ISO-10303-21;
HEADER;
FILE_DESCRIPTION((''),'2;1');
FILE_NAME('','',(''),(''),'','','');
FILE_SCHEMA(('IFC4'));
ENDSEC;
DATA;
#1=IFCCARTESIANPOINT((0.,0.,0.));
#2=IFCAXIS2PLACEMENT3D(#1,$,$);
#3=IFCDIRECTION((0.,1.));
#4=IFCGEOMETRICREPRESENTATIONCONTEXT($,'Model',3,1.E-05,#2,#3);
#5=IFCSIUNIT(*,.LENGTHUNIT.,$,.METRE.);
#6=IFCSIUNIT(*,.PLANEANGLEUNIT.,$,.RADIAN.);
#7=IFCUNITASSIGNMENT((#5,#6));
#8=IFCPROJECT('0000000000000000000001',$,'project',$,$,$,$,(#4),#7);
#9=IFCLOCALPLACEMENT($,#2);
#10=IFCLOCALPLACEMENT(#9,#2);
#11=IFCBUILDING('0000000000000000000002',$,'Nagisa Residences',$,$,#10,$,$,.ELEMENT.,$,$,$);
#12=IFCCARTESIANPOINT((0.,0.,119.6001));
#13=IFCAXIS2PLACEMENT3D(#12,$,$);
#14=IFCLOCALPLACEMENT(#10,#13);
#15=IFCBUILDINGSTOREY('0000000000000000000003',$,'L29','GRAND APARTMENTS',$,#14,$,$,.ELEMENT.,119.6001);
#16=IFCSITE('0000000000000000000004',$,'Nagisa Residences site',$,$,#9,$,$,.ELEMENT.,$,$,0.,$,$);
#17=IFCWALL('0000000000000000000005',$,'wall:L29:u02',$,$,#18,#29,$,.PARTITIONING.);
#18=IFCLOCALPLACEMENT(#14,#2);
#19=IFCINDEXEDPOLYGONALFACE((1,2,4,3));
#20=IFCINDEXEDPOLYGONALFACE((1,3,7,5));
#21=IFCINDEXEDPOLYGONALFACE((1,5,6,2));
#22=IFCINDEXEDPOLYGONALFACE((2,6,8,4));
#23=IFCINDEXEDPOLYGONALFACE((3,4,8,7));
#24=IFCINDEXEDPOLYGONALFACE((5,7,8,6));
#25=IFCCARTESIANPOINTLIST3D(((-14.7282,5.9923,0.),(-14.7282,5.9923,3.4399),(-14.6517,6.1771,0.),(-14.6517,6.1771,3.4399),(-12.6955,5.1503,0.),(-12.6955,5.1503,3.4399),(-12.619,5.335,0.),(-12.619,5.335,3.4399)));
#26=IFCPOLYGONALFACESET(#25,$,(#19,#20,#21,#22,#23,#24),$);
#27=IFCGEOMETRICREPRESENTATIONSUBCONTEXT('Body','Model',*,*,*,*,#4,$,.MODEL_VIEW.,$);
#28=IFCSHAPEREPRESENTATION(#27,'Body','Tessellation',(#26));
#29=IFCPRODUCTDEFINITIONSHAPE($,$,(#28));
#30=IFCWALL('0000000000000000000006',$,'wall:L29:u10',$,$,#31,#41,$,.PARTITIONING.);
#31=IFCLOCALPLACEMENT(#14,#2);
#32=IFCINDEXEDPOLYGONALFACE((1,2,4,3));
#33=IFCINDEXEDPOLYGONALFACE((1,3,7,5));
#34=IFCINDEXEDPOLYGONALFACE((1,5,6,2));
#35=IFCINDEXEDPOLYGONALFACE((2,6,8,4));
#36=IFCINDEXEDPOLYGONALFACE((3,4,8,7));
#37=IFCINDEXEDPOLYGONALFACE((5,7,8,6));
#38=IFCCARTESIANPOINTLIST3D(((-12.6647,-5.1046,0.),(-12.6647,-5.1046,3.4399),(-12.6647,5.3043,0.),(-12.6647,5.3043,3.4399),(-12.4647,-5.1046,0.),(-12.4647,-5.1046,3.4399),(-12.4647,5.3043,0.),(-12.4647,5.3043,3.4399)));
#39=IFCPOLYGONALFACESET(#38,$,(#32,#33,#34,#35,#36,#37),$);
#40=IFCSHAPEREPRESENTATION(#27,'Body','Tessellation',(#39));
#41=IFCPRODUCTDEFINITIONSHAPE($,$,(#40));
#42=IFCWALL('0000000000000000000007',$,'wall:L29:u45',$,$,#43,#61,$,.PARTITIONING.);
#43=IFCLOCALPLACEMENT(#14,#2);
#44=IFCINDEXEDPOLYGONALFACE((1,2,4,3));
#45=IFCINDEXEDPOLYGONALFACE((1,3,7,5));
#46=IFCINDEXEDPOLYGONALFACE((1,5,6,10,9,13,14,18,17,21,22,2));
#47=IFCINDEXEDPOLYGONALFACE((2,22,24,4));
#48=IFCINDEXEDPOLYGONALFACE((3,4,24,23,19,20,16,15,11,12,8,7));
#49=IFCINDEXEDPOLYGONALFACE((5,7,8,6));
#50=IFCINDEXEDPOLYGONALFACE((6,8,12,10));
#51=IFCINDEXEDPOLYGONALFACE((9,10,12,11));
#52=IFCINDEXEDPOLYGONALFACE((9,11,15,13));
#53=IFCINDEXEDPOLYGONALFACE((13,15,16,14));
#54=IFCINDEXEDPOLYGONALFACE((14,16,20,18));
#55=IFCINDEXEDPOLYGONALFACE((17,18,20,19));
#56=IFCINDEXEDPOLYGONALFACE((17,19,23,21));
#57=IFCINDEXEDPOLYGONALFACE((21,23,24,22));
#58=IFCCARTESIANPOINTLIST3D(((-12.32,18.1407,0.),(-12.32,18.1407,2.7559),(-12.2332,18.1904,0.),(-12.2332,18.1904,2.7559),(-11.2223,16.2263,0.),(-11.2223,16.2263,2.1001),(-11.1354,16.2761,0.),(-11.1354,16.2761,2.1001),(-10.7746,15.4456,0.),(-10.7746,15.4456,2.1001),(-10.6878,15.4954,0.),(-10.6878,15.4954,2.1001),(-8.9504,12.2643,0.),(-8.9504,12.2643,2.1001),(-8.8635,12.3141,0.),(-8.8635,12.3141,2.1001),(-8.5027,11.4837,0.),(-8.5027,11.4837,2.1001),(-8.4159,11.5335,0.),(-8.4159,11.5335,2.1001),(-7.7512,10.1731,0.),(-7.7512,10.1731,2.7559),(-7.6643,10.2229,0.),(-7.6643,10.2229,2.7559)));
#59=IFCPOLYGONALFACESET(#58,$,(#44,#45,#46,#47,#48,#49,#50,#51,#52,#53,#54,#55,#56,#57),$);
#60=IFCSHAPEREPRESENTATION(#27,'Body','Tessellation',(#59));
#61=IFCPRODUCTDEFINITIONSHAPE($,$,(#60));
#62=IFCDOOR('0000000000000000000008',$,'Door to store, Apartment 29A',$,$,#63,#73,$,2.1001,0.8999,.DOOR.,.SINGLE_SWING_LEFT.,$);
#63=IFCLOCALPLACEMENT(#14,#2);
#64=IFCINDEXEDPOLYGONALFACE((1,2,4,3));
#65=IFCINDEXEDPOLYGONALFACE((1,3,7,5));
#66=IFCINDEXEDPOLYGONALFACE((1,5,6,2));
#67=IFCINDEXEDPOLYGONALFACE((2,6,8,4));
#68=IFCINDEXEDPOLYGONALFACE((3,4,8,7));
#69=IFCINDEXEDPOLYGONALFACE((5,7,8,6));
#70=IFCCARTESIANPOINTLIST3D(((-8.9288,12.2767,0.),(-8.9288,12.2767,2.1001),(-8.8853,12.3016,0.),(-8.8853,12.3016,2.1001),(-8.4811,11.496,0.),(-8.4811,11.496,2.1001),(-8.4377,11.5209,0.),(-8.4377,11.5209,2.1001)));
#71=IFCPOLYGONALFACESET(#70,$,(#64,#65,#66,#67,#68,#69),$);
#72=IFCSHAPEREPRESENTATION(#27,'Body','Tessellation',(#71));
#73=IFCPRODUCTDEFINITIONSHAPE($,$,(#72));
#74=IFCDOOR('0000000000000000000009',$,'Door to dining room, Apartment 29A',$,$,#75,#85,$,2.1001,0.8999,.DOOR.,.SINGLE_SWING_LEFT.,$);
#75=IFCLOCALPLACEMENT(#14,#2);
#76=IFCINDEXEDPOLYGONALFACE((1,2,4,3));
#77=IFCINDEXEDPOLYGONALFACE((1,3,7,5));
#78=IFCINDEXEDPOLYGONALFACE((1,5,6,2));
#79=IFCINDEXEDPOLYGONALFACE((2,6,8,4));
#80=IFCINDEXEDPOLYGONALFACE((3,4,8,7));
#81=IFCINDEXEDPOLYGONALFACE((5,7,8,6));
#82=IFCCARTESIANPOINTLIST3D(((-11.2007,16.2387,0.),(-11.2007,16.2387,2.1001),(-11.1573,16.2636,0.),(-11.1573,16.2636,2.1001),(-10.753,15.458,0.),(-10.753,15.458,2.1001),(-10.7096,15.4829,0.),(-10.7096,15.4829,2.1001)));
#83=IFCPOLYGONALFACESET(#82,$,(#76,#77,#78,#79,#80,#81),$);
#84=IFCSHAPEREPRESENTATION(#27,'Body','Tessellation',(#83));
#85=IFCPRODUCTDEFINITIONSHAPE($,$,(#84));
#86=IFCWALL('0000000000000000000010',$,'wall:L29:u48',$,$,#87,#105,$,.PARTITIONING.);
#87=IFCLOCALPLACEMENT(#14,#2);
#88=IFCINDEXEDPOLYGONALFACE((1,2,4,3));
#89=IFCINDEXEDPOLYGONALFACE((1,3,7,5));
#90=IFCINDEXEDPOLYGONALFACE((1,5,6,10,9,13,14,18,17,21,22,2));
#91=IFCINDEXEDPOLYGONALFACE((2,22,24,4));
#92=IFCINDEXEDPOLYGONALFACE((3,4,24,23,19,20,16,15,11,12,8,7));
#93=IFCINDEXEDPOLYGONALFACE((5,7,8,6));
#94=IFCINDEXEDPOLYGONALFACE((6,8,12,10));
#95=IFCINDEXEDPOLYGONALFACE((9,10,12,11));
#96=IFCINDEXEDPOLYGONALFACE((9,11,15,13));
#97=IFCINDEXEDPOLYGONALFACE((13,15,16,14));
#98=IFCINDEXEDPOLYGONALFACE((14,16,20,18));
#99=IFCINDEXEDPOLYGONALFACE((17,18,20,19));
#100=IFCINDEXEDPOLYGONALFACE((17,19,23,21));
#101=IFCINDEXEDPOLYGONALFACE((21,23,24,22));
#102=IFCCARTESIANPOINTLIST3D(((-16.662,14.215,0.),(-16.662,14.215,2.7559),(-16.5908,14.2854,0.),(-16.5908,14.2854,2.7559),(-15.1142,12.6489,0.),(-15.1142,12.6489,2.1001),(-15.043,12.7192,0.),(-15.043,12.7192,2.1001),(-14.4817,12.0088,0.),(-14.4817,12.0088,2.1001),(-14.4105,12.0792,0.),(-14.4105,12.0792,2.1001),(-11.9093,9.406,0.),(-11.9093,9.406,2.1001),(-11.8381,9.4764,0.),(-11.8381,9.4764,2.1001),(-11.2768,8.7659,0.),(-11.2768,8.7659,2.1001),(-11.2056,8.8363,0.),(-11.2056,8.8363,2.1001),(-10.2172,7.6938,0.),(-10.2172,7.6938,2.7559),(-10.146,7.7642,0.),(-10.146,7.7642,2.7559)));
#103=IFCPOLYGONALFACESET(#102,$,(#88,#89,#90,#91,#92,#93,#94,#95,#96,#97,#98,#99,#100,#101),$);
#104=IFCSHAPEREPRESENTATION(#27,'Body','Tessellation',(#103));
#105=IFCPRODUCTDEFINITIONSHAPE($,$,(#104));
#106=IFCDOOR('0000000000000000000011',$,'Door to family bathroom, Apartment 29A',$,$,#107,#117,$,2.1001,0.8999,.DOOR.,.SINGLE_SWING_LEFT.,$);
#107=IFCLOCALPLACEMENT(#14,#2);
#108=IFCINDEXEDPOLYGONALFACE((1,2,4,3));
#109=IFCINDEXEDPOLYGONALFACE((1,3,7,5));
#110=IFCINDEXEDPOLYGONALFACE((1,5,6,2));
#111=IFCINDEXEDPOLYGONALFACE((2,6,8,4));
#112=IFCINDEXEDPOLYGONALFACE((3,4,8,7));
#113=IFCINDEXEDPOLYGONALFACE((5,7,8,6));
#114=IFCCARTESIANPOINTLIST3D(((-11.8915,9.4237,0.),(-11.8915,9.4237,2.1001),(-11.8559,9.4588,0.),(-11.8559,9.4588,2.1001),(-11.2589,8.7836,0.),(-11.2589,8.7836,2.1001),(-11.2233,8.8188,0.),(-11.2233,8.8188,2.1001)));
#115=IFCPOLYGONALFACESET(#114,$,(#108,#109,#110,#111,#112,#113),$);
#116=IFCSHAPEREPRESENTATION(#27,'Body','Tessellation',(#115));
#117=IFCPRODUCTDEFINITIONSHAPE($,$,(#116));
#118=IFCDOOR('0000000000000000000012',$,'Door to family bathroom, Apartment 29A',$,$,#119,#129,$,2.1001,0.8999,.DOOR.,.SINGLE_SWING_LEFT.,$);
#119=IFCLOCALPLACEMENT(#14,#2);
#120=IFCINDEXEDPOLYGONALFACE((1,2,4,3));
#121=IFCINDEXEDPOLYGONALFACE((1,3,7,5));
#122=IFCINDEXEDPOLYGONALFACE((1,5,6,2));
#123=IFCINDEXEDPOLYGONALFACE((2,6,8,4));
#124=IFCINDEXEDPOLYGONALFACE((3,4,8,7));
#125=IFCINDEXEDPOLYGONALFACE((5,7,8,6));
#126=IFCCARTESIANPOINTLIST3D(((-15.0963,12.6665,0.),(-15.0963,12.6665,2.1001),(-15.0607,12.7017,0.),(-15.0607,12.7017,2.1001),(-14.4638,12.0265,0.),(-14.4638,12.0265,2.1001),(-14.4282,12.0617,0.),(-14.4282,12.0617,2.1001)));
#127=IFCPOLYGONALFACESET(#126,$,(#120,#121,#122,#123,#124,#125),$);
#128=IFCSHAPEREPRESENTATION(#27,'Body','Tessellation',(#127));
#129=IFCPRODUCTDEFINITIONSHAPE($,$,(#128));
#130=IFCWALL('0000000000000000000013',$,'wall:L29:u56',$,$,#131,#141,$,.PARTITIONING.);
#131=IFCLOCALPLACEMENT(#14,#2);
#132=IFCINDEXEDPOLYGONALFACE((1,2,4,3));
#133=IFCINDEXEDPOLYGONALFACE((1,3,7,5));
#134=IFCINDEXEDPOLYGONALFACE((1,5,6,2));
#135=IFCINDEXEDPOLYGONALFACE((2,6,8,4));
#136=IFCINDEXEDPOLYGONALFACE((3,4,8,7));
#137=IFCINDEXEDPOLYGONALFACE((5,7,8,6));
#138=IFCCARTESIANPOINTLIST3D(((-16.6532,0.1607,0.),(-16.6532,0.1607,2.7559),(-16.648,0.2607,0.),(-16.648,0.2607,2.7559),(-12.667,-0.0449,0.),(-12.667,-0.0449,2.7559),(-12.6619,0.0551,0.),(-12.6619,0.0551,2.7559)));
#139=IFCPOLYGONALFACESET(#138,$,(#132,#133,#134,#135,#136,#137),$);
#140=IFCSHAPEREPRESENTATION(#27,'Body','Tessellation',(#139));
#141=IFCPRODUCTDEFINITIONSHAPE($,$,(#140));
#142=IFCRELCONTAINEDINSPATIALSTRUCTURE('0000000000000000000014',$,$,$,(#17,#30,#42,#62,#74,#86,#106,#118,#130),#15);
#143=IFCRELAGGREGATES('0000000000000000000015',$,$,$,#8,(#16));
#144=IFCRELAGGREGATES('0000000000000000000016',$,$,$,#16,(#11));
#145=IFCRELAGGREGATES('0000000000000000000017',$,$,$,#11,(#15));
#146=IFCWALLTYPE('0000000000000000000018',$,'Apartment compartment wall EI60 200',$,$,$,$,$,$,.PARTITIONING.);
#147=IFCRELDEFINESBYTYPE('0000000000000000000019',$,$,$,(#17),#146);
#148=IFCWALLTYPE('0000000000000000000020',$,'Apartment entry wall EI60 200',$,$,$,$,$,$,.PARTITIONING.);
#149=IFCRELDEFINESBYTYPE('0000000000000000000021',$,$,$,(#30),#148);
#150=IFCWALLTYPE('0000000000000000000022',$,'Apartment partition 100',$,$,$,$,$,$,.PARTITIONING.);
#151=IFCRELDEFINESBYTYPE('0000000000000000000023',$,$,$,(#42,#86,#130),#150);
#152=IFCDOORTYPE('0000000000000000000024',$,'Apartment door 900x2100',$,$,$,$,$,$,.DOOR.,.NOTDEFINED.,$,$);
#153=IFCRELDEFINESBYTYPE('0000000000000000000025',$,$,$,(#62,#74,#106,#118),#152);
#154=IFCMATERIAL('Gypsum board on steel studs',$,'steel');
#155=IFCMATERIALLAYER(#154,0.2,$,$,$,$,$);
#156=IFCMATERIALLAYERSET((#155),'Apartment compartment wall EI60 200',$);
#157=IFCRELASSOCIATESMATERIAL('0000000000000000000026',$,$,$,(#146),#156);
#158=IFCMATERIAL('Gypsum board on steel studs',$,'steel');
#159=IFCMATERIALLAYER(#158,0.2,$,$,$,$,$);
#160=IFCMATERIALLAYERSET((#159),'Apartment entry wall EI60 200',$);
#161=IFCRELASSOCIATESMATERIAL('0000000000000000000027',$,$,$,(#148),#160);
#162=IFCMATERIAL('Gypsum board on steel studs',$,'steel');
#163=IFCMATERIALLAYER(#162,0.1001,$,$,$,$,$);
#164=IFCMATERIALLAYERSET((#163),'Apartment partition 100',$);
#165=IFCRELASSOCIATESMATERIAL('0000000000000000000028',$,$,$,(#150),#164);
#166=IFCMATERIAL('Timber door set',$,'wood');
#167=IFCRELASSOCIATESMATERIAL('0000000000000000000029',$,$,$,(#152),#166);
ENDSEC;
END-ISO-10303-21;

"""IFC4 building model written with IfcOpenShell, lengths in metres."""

from ifc_helpers import new_model, si_unit, direction, frame, frame_2d, origin, place, context, subcontext, project, spatial, rectangle, extrude, material, layer, layer_set, type_object, element, fill, save


model = new_model("IFC4")

# Units and contexts
model_context = context("Model", 3, precision=1e-05, world=origin(), true_north=direction((0.0, 1.0)))
body_context = subcontext(model_context, "Body", "Model", "MODEL_VIEW")
ifc_project = project(units=[si_unit("LENGTHUNIT", "METRE"), si_unit("PLANEANGLEUNIT", "RADIAN")], contexts=[model_context])

# Site, building, storey
site_placement = place(None, origin())
site = spatial("IfcSite", under=ifc_project, at=site_placement, Name="Nagisa Residences site", CompositionType="ELEMENT", RefElevation=0.0)
building_placement = place(site_placement, origin())
building = spatial("IfcBuilding", under=site, at=building_placement, Name="Nagisa Residences", CompositionType="ELEMENT")
storey_placement = place(building_placement, frame((0.0, 0.0, 119.6001)))
storey = spatial("IfcBuildingStorey", under=building, at=storey_placement, Name="L29", Description="GRAND APARTMENTS", CompositionType="ELEMENT", Elevation=119.6001)

# Walls
ifc_material_1 = material(Name="Gypsum board on steel studs", Category="steel")
ifc_layer_1 = layer(ifc_material_1, 0.2)
ifc_layer_set_1 = layer_set([ifc_layer_1], Name="Apartment compartment wall EI60 200")
wall_type_1 = type_object("IfcWallType", Name="Apartment compartment wall EI60 200", PredefinedType="PARTITIONING", material=ifc_layer_set_1)
wall_1_placement = place(storey_placement, frame((-12.6572, 5.2427, 0.0), z_axis=(0.0, 0.0, 1.0), x_axis=(-0.923869, 0.382708, 0.0)))
element("IfcWall", 1, at=wall_1_placement, inside=storey, type_object=wall_type_1, Name="wall:L29:u02", PredefinedType="PARTITIONING", context=body_context, shape_type="SweptSolid", body=[
    extrude(rectangle(XDim=2.2002, YDim=0.2, at=frame_2d((1.1001, 0.0))), origin(), (0.0, 0.0, 1.0), 3.4399),
])
ifc_material_2 = material(Name="Gypsum board on steel studs", Category="steel")
ifc_layer_2 = layer(ifc_material_2, 0.2)
ifc_layer_set_2 = layer_set([ifc_layer_2], Name="Apartment entry wall EI60 200")
wall_type_2 = type_object("IfcWallType", Name="Apartment entry wall EI60 200", PredefinedType="PARTITIONING", material=ifc_layer_set_2)
wall_2_placement = place(storey_placement, frame((-12.5647, 5.3044, 0.0), z_axis=(0.0, 0.0, 1.0), x_axis=(0.0, -1.0, 0.0)))
element("IfcWall", 2, at=wall_2_placement, inside=storey, type_object=wall_type_2, Name="wall:L29:u10", PredefinedType="PARTITIONING", context=body_context, shape_type="SweptSolid", body=[
    extrude(rectangle(XDim=10.4089, YDim=0.2, at=frame_2d((5.2046, 0.0))), origin(), (0.0, 0.0, 1.0), 3.4399),
])

# Walls, openings, doors
ifc_material_3 = material(Name="Gypsum board on steel studs", Category="steel")
ifc_layer_3 = layer(ifc_material_3, 0.1001)
ifc_layer_set_3 = layer_set([ifc_layer_3], Name="Apartment partition 100")
wall_type_3 = type_object("IfcWallType", Name="Apartment partition 100", PredefinedType="PARTITIONING", material=ifc_layer_set_3)
wall_3_placement = place(storey_placement, frame((-7.7078, 10.198, 0.0), z_axis=(0.0, 0.0, 1.0), x_axis=(-0.497449, 0.867493, 0.0)))
wall_3 = element("IfcWall", 3, at=wall_3_placement, inside=storey, type_object=wall_type_3, Name="wall:L29:u45", PredefinedType="PARTITIONING", context=body_context, shape_type="SweptSolid", body=[
    extrude(rectangle(XDim=9.1846, YDim=0.1001, at=frame_2d((4.5923, 0.0))), origin(), (0.0, 0.0, 1.0), 2.7559),
])
opening_1_placement = place(wall_3_placement, frame((1.5107, 0.0, 0.0)))
opening_1 = element("IfcOpeningElement", 4, at=opening_1_placement, cuts=wall_3, PredefinedType="OPENING", context=body_context, shape_type="SweptSolid", body=[
    extrude(rectangle(XDim=0.8999, YDim=2.1001, at=frame_2d((0.45, 1.05))), frame((0.0, 0.0601, 0.0), z_axis=(0.0, -1.0, 0.0), x_axis=(1.0, 0.0, 0.0)), (0.0, 0.0, 1.0), 0.1201),
])
opening_2_placement = place(wall_3_placement, frame((6.0779, 0.0, 0.0)))
opening_2 = element("IfcOpeningElement", 5, at=opening_2_placement, cuts=wall_3, PredefinedType="OPENING", context=body_context, shape_type="SweptSolid", body=[
    extrude(rectangle(XDim=0.8999, YDim=2.1001, at=frame_2d((0.45, 1.05))), frame((0.0, 0.0601, 0.0), z_axis=(0.0, -1.0, 0.0), x_axis=(1.0, 0.0, 0.0)), (0.0, 0.0, 1.0), 0.1201),
])
ifc_material_4 = material(Name="Timber door set", Category="wood")
door_type_1 = type_object("IfcDoorType", Name="Apartment door 900x2100", OperationType="NOTDEFINED", PredefinedType="DOOR", material=ifc_material_4)
door_1_placement = place(opening_1_placement, frame((0.8999, 0.0, 0.0), x_axis=(-1.0, 0.0, 0.0)))
door_1 = element("IfcDoor", 6, at=door_1_placement, inside=storey, type_object=door_type_1, Name="Door to store, Apartment 29A", OperationType="SINGLE_SWING_LEFT", OverallHeight=2.1001, OverallWidth=0.8999, PredefinedType="DOOR", context=body_context, shape_type="SweptSolid", body=[
    extrude(rectangle(XDim=0.8999, YDim=2.1001, at=frame_2d((0.45, 1.05))), frame((0.0, 0.0249, 0.0), z_axis=(0.0, -1.0, 0.0), x_axis=(1.0, 0.0, 0.0)), (0.0, 0.0, 1.0), 0.05),
])
fill(opening_1, door_1)
door_2_placement = place(opening_2_placement, frame((0.8999, 0.0, 0.0), x_axis=(-1.0, 0.0, 0.0)))
door_2 = element("IfcDoor", 7, at=door_2_placement, inside=storey, type_object=door_type_1, Name="Door to dining room, Apartment 29A", OperationType="SINGLE_SWING_LEFT", OverallHeight=2.1001, OverallWidth=0.8999, PredefinedType="DOOR", context=body_context, shape_type="SweptSolid", body=[
    extrude(rectangle(XDim=0.8999, YDim=2.1001, at=frame_2d((0.45, 1.05))), frame((0.0, 0.0249, 0.0), z_axis=(0.0, -1.0, 0.0), x_axis=(1.0, 0.0, 0.0)), (0.0, 0.0, 1.0), 0.05),
])
fill(opening_2, door_2)
wall_4_placement = place(storey_placement, frame((-10.1816, 7.729, 0.0), z_axis=(0.0, 0.0, 1.0), x_axis=(-0.702927, 0.711262, 0.0)))
wall_4 = element("IfcWall", 8, at=wall_4_placement, inside=storey, type_object=wall_type_3, Name="wall:L29:u48", PredefinedType="PARTITIONING", context=body_context, shape_type="SweptSolid", body=[
    extrude(rectangle(XDim=9.1685, YDim=0.1001, at=frame_2d((4.5842, 0.0))), origin(), (0.0, 0.0, 1.0), 2.7559),
])
opening_3_placement = place(wall_4_placement, frame((1.5073, 0.0, 0.0)))
opening_3 = element("IfcOpeningElement", 9, at=opening_3_placement, cuts=wall_4, PredefinedType="OPENING", context=body_context, shape_type="SweptSolid", body=[
    extrude(rectangle(XDim=0.8999, YDim=2.1001, at=frame_2d((0.45, 1.05))), frame((0.0, 0.0601, 0.0), z_axis=(0.0, -1.0, 0.0), x_axis=(1.0, 0.0, 0.0)), (0.0, 0.0, 1.0), 0.1201),
])
opening_4_placement = place(wall_4_placement, frame((6.0667, 0.0, 0.0)))
opening_4 = element("IfcOpeningElement", 10, at=opening_4_placement, cuts=wall_4, PredefinedType="OPENING", context=body_context, shape_type="SweptSolid", body=[
    extrude(rectangle(XDim=0.8999, YDim=2.1001, at=frame_2d((0.45, 1.05))), frame((0.0, 0.0601, 0.0), z_axis=(0.0, -1.0, 0.0), x_axis=(1.0, 0.0, 0.0)), (0.0, 0.0, 1.0), 0.1201),
])
door_3_placement = place(opening_3_placement, origin())
door_3 = element("IfcDoor", 11, at=door_3_placement, inside=storey, type_object=door_type_1, Name="Door to family bathroom, Apartment 29A", OperationType="SINGLE_SWING_LEFT", OverallHeight=2.1001, OverallWidth=0.8999, PredefinedType="DOOR", context=body_context, shape_type="SweptSolid", body=[
    extrude(rectangle(XDim=0.8999, YDim=2.1001, at=frame_2d((0.45, 1.05))), frame((0.0, 0.0249, 0.0), z_axis=(0.0, -1.0, 0.0), x_axis=(1.0, 0.0, 0.0)), (0.0, 0.0, 1.0), 0.05),
])
fill(opening_3, door_3)
door_4_placement = place(opening_4_placement, origin())
door_4 = element("IfcDoor", 12, at=door_4_placement, inside=storey, type_object=door_type_1, Name="Door to family bathroom, Apartment 29A", OperationType="SINGLE_SWING_LEFT", OverallHeight=2.1001, OverallWidth=0.8999, PredefinedType="DOOR", context=body_context, shape_type="SweptSolid", body=[
    extrude(rectangle(XDim=0.8999, YDim=2.1001, at=frame_2d((0.45, 1.05))), frame((0.0, 0.0249, 0.0), z_axis=(0.0, -1.0, 0.0), x_axis=(1.0, 0.0, 0.0)), (0.0, 0.0, 1.0), 0.05),
])
fill(opening_4, door_4)

# Wall
wall_5_placement = place(storey_placement, frame((-12.6646, 0.0051, 0.0), z_axis=(0.0, 0.0, 1.0), x_axis=(-0.998673, 0.051503, 0.0)))
element("IfcWall", 13, at=wall_5_placement, inside=storey, type_object=wall_type_3, Name="wall:L29:u56", PredefinedType="PARTITIONING", context=body_context, shape_type="SweptSolid", body=[
    extrude(rectangle(XDim=3.9915, YDim=0.1001, at=frame_2d((1.9956, 0.0))), origin(), (0.0, 0.0, 1.0), 2.7559),
])

save(model, "model.ifc")
